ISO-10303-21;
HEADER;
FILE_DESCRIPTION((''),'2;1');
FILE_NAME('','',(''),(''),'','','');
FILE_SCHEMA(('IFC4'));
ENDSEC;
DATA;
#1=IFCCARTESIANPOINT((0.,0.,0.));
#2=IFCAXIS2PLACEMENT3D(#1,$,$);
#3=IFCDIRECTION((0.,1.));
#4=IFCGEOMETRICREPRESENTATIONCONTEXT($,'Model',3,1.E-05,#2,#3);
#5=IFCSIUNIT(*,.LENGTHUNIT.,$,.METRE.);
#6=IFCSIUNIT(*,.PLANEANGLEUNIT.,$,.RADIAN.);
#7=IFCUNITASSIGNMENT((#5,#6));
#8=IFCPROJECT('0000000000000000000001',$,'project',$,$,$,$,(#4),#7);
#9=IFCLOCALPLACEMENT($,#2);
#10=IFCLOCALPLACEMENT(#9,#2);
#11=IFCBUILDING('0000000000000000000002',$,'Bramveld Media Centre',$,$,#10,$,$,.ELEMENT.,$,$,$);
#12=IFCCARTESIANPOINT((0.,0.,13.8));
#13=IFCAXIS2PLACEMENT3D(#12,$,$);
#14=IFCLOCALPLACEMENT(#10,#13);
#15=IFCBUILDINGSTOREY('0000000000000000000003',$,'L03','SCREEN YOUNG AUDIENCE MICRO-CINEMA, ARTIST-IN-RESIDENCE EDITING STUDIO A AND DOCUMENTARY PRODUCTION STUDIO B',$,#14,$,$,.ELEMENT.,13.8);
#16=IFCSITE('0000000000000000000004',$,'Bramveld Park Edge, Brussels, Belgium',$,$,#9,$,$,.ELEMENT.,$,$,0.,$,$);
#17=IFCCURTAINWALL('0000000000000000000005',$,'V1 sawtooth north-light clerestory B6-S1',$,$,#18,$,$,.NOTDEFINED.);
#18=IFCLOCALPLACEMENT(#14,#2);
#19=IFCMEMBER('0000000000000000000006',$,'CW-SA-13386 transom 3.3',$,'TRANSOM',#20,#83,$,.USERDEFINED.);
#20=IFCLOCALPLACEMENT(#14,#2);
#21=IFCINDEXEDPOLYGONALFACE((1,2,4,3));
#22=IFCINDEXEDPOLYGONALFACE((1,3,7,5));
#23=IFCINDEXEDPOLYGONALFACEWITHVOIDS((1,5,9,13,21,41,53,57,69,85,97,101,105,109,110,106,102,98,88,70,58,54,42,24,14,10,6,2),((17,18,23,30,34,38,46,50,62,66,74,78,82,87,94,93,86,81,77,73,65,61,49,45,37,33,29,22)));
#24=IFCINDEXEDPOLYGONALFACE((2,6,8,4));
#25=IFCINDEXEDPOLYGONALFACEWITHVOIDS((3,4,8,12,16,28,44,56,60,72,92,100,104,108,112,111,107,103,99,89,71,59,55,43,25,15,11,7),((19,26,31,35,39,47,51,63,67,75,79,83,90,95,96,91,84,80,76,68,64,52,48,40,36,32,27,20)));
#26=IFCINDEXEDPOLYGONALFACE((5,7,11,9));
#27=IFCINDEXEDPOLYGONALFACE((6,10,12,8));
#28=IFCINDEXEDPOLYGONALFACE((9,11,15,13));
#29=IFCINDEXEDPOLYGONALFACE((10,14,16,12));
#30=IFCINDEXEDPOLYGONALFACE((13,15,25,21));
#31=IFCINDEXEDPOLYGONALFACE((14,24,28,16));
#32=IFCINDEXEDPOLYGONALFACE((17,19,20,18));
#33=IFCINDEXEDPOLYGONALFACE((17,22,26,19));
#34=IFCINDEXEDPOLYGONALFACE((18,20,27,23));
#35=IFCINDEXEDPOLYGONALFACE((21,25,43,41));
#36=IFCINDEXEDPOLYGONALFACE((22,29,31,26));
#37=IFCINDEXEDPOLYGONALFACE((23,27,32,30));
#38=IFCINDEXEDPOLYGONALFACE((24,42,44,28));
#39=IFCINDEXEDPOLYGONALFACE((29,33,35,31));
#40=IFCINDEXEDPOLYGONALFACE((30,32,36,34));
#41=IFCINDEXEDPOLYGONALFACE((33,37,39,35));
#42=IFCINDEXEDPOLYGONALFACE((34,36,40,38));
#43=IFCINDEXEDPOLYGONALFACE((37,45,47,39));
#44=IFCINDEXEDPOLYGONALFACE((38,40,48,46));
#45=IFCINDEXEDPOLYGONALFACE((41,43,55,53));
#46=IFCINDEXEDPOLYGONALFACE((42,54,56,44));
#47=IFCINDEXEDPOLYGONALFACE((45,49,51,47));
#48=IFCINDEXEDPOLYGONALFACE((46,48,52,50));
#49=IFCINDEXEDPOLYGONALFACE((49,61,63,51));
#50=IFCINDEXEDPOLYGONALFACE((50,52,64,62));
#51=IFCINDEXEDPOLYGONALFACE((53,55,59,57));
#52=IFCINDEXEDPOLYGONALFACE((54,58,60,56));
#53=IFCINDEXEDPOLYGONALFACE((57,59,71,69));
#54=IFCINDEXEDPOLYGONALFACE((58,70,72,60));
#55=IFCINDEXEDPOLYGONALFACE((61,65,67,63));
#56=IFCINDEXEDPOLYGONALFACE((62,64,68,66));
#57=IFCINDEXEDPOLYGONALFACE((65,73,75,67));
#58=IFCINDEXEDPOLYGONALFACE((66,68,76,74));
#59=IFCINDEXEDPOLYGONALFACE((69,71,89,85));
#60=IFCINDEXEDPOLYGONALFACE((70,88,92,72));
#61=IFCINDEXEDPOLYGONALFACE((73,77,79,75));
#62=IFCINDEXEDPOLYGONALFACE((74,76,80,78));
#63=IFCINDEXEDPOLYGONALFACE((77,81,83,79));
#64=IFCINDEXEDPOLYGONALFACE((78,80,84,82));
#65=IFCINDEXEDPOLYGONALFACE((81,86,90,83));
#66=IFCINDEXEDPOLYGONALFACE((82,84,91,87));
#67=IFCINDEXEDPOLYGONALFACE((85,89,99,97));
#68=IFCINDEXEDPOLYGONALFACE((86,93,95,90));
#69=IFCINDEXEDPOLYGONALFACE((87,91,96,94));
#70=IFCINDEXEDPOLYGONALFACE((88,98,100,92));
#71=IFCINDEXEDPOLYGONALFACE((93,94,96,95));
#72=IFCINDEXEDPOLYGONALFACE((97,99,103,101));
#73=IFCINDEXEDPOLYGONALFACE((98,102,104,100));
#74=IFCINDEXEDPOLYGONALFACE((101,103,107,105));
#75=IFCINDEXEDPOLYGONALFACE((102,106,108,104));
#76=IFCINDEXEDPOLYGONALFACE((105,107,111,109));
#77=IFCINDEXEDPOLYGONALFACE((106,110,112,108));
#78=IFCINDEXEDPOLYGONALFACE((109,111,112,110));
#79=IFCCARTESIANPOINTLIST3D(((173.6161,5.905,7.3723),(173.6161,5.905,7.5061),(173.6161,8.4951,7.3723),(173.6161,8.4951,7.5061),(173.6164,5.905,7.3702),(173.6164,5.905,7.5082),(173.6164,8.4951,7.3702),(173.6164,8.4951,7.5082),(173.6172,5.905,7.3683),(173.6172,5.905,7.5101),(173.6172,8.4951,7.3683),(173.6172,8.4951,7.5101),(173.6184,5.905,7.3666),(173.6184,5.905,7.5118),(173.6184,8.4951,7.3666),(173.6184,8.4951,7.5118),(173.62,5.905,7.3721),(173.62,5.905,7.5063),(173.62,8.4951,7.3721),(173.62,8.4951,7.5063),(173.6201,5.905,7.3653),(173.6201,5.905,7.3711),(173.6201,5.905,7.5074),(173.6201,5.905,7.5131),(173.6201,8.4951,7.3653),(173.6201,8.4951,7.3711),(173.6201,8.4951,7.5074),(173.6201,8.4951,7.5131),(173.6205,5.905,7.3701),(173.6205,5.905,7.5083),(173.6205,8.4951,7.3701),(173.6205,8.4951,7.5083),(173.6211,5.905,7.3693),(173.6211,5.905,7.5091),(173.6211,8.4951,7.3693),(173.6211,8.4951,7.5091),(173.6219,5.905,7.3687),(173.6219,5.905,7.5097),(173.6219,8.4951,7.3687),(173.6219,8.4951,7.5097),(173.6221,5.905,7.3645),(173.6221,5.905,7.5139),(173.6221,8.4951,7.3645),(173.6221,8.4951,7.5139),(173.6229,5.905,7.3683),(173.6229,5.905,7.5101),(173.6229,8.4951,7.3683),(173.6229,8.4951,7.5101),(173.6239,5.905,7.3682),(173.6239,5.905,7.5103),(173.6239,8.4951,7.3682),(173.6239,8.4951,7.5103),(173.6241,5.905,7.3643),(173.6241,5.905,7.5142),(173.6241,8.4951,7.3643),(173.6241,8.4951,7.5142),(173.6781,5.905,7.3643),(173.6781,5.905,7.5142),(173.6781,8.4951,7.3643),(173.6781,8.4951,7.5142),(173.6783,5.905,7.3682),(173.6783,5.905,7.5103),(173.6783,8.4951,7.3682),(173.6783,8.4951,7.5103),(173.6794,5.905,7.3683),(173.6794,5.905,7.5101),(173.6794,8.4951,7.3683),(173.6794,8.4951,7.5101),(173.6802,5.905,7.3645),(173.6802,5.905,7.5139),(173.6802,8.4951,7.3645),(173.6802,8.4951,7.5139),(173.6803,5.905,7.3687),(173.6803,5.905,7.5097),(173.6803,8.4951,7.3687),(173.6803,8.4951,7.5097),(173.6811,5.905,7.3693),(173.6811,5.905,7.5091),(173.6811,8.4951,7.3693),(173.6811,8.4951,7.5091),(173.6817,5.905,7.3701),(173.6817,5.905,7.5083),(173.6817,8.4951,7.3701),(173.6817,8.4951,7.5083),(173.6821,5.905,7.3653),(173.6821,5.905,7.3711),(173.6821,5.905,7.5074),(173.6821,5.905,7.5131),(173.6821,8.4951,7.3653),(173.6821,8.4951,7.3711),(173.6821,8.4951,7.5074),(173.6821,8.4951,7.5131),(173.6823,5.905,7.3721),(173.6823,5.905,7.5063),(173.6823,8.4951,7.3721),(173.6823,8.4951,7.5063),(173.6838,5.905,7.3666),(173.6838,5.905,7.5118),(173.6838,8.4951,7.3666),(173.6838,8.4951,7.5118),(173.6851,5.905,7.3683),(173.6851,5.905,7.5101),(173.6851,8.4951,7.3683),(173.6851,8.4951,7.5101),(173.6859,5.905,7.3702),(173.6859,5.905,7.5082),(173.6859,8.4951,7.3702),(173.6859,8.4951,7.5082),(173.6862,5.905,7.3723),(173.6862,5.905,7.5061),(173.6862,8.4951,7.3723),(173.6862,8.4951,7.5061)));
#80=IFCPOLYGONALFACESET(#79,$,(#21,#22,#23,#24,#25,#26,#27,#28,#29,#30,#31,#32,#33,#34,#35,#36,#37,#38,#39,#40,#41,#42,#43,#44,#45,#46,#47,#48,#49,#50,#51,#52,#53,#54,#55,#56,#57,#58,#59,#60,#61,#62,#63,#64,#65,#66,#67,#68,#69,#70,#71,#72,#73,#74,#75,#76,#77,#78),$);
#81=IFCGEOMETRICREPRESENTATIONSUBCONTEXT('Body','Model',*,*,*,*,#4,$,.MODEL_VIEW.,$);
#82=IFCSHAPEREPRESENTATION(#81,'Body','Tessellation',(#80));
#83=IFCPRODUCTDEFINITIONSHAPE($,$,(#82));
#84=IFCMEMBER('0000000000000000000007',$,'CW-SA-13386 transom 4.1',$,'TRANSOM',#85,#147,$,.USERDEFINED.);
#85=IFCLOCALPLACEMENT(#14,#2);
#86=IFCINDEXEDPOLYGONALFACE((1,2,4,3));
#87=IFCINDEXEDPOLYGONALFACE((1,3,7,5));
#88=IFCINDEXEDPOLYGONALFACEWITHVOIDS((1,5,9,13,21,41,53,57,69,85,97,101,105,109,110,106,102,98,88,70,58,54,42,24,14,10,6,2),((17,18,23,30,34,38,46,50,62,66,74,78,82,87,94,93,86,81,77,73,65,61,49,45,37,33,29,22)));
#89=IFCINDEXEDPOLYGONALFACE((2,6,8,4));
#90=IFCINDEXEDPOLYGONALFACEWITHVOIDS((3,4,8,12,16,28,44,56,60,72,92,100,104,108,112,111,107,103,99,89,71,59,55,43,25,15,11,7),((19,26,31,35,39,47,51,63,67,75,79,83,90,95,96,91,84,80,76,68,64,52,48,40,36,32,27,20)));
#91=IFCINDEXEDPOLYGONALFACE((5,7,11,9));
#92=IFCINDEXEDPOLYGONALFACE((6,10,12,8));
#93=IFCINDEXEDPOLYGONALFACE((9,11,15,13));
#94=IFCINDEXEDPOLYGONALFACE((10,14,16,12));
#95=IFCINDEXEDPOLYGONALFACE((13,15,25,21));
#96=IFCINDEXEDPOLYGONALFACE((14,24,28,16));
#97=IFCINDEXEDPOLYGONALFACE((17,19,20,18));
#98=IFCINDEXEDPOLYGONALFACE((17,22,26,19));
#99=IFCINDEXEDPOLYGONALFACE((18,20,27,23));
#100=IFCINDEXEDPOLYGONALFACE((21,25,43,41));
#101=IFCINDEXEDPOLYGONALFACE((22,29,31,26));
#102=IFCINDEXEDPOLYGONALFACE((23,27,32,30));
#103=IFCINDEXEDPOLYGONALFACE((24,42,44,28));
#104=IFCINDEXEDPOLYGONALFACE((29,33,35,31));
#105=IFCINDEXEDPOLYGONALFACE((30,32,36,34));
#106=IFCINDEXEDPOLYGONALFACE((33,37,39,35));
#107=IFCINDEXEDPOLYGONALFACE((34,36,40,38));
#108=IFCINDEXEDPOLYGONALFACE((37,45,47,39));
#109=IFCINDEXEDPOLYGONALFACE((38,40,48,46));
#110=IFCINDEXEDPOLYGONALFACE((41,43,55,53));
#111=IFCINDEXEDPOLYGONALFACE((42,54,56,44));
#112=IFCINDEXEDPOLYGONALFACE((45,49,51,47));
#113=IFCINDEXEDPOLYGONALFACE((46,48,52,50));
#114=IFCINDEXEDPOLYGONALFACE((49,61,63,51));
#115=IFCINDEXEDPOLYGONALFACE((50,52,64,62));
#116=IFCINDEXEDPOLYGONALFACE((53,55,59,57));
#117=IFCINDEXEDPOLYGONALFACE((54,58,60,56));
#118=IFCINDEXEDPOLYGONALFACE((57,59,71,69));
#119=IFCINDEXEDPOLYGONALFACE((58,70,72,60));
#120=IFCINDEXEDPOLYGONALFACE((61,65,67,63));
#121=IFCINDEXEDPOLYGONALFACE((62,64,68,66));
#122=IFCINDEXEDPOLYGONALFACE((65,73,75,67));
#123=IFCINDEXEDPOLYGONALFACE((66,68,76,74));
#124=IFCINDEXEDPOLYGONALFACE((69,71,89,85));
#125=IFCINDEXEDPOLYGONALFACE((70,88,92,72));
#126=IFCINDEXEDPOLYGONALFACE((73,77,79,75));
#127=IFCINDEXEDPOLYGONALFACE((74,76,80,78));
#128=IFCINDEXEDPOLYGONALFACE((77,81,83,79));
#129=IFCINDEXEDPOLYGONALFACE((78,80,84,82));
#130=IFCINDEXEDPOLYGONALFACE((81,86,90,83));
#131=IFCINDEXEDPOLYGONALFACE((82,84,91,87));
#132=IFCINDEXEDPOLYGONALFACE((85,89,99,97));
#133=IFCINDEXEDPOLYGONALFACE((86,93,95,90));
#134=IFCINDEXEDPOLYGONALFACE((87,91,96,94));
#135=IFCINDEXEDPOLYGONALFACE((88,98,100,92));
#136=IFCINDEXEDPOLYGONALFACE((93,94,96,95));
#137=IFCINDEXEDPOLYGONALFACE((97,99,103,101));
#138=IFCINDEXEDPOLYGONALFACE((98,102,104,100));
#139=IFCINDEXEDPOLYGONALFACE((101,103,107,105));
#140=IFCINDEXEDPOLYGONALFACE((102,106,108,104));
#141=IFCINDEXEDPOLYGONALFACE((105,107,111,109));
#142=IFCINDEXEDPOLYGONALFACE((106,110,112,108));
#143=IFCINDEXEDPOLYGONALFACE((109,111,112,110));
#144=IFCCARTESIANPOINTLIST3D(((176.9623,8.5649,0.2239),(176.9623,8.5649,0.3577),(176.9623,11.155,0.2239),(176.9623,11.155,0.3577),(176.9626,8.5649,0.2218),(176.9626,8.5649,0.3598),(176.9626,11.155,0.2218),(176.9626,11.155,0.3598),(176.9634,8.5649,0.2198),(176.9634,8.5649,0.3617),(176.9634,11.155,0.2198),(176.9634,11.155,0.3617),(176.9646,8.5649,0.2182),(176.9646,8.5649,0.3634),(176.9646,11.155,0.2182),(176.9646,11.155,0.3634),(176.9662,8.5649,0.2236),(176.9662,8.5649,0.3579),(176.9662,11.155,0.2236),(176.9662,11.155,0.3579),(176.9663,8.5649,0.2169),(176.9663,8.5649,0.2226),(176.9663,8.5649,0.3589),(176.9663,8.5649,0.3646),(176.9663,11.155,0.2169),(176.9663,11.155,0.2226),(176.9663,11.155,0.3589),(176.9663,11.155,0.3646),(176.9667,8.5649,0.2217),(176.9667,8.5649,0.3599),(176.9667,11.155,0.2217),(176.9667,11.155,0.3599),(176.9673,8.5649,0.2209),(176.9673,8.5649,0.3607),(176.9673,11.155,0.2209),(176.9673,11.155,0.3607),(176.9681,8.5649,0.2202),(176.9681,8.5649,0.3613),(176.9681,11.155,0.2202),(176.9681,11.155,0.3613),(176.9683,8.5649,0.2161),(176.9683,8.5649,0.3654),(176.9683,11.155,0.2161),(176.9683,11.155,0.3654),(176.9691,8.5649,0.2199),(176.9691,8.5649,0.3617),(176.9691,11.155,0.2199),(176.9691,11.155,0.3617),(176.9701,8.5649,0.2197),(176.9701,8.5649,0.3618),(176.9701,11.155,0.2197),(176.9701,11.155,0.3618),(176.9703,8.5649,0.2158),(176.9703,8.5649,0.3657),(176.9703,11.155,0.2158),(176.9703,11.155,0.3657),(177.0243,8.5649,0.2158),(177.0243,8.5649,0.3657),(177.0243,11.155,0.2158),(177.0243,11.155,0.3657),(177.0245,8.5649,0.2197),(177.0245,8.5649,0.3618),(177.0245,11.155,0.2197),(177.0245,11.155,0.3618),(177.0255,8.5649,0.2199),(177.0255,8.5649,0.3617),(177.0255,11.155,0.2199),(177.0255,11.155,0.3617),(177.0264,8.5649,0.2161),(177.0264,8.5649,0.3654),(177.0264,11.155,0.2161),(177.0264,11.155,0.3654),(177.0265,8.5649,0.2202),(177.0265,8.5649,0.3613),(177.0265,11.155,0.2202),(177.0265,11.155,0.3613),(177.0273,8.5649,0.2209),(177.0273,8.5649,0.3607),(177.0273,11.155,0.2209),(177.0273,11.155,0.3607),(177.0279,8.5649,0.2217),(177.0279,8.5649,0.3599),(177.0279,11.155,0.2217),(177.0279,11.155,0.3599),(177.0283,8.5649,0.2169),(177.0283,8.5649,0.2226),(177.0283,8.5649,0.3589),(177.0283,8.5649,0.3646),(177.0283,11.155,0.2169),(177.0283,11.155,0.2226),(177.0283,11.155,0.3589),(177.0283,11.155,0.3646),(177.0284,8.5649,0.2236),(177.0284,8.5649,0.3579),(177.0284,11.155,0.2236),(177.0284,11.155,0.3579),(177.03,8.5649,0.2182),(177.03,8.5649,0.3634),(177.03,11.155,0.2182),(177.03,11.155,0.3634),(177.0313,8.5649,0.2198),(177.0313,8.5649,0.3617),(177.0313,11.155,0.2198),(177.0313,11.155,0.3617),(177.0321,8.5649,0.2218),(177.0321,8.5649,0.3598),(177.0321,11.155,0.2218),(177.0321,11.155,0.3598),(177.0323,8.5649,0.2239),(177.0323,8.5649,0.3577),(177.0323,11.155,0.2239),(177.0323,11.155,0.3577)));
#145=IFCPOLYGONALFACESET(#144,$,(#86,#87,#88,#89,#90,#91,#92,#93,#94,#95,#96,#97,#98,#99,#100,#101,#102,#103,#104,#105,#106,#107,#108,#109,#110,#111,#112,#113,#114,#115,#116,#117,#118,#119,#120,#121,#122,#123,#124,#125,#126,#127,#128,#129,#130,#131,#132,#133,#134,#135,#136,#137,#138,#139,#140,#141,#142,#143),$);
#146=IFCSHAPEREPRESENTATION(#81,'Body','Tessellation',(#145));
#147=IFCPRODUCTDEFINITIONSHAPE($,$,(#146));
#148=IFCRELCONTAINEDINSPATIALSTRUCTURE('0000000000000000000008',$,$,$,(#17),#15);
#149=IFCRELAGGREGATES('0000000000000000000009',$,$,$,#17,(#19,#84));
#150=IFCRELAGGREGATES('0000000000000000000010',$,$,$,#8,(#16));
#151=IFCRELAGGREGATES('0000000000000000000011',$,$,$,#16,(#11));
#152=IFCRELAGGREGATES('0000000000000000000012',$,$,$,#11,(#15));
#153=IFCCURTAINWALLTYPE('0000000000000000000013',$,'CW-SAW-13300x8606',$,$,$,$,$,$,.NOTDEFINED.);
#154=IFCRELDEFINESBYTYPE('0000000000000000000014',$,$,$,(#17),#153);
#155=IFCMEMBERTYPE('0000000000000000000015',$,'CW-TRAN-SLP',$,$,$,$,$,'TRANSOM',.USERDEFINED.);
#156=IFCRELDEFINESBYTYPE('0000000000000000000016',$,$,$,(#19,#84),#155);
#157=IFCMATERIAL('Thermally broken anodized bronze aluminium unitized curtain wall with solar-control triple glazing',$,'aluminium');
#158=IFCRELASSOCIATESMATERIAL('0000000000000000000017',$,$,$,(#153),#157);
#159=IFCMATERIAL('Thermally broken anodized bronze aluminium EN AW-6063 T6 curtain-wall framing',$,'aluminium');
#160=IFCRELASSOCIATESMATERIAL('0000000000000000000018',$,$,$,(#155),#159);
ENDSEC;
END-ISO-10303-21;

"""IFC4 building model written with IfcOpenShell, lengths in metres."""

from ifc_helpers import new_model, si_unit, direction, frame, origin, origin_2d, place, context, subcontext, project, spatial, hollow_rectangle, extrude, material, material_profile, profile_set, type_object, element, aggregate, save


model = new_model("IFC4")

# Units and contexts
model_context = context("Model", 3, precision=1e-05, world=origin(), true_north=direction((0.0, 1.0)))
body_context = subcontext(model_context, "Body", "Model", "MODEL_VIEW")
ifc_project = project(units=[si_unit("LENGTHUNIT", "METRE"), si_unit("PLANEANGLEUNIT", "RADIAN")], contexts=[model_context])

# Site, building, storey
site_placement = place(None, origin())
site = spatial("IfcSite", under=ifc_project, at=site_placement, Name="Bramveld Park Edge, Brussels, Belgium", CompositionType="ELEMENT", RefElevation=0.0)
building_placement = place(site_placement, origin())
building = spatial("IfcBuilding", under=site, at=building_placement, Name="Bramveld Media Centre", CompositionType="ELEMENT")
storey_placement = place(building_placement, frame((0.0, 0.0, 13.8)))
storey = spatial("IfcBuildingStorey", under=building, at=storey_placement, Name="L03", Description="SCREEN YOUNG AUDIENCE MICRO-CINEMA, ARTIST-IN-RESIDENCE EDITING STUDIO A AND DOCUMENTARY PRODUCTION STUDIO B", CompositionType="ELEMENT", Elevation=13.8)

# Curtain wall, members
ifc_material_1 = material(Name="Thermally broken anodized bronze aluminium unitized curtain wall with solar-control triple glazing", Category="aluminium")
curtain_wall_type = type_object("IfcCurtainWallType", Name="CW-SAW-13300x8606", PredefinedType="NOTDEFINED", material=ifc_material_1)
curtain_wall_placement = place(storey_placement, origin())
curtain_wall = element("IfcCurtainWall", 1, at=curtain_wall_placement, inside=storey, type_object=curtain_wall_type, Name="V1 sawtooth north-light clerestory B6-S1", PredefinedType="NOTDEFINED")
ifc_material_2 = material(Name="Thermally broken anodized bronze aluminium EN AW-6063 T6 curtain-wall framing", Category="aluminium")
ifc_material_profile_1 = material_profile(ifc_material_2, hollow_rectangle(XDim=0.0701, YDim=0.1499, WallThickness=0.0039, InnerFilletRadius=0.0039, OuterFilletRadius=0.0081, at=origin_2d()), Name="AL-TRAN 70x150")
ifc_profile_set_1 = profile_set([ifc_material_profile_1], Name="Thermally broken anodized bronze aluminium EN AW-6063 T6 curtain-wall framing")
member_type_1 = type_object("IfcMemberType", Name="CW-TRAN-SLP", ElementType="TRANSOM", PredefinedType="USERDEFINED", material=ifc_profile_set_1)
member_1_placement = place(storey_placement, frame((173.6511, 5.905, 7.4392), z_axis=(0.0, 1.0, 0.0), x_axis=(-1.0, 0.0, 0.0)))
member_1 = element("IfcMember", 2, at=member_1_placement, type_object=member_type_1, Name="CW-SA-13386 transom 3.3", ObjectType="TRANSOM", PredefinedType="USERDEFINED", context=body_context, shape_type="SweptSolid", body=[
    extrude(hollow_rectangle(XDim=0.0701, YDim=0.1499, WallThickness=0.0039, InnerFilletRadius=0.0039, OuterFilletRadius=0.0081, at=origin_2d()), origin(), (0.0, 0.0, 1.0), 2.5901),
])
member_2_placement = place(storey_placement, frame((176.9973, 8.5649, 0.2908), z_axis=(0.0, 1.0, 0.0), x_axis=(-1.0, 0.0, 0.0)))
member_2 = element("IfcMember", 3, at=member_2_placement, type_object=member_type_1, Name="CW-SA-13386 transom 4.1", ObjectType="TRANSOM", PredefinedType="USERDEFINED", context=body_context, shape_type="SweptSolid", body=[
    extrude(hollow_rectangle(XDim=0.0701, YDim=0.1499, WallThickness=0.0039, InnerFilletRadius=0.0039, OuterFilletRadius=0.0081, at=origin_2d()), origin(), (0.0, 0.0, 1.0), 2.5901),
])

aggregate(curtain_wall, [member_1, member_2])

save(model, "model.ifc")
